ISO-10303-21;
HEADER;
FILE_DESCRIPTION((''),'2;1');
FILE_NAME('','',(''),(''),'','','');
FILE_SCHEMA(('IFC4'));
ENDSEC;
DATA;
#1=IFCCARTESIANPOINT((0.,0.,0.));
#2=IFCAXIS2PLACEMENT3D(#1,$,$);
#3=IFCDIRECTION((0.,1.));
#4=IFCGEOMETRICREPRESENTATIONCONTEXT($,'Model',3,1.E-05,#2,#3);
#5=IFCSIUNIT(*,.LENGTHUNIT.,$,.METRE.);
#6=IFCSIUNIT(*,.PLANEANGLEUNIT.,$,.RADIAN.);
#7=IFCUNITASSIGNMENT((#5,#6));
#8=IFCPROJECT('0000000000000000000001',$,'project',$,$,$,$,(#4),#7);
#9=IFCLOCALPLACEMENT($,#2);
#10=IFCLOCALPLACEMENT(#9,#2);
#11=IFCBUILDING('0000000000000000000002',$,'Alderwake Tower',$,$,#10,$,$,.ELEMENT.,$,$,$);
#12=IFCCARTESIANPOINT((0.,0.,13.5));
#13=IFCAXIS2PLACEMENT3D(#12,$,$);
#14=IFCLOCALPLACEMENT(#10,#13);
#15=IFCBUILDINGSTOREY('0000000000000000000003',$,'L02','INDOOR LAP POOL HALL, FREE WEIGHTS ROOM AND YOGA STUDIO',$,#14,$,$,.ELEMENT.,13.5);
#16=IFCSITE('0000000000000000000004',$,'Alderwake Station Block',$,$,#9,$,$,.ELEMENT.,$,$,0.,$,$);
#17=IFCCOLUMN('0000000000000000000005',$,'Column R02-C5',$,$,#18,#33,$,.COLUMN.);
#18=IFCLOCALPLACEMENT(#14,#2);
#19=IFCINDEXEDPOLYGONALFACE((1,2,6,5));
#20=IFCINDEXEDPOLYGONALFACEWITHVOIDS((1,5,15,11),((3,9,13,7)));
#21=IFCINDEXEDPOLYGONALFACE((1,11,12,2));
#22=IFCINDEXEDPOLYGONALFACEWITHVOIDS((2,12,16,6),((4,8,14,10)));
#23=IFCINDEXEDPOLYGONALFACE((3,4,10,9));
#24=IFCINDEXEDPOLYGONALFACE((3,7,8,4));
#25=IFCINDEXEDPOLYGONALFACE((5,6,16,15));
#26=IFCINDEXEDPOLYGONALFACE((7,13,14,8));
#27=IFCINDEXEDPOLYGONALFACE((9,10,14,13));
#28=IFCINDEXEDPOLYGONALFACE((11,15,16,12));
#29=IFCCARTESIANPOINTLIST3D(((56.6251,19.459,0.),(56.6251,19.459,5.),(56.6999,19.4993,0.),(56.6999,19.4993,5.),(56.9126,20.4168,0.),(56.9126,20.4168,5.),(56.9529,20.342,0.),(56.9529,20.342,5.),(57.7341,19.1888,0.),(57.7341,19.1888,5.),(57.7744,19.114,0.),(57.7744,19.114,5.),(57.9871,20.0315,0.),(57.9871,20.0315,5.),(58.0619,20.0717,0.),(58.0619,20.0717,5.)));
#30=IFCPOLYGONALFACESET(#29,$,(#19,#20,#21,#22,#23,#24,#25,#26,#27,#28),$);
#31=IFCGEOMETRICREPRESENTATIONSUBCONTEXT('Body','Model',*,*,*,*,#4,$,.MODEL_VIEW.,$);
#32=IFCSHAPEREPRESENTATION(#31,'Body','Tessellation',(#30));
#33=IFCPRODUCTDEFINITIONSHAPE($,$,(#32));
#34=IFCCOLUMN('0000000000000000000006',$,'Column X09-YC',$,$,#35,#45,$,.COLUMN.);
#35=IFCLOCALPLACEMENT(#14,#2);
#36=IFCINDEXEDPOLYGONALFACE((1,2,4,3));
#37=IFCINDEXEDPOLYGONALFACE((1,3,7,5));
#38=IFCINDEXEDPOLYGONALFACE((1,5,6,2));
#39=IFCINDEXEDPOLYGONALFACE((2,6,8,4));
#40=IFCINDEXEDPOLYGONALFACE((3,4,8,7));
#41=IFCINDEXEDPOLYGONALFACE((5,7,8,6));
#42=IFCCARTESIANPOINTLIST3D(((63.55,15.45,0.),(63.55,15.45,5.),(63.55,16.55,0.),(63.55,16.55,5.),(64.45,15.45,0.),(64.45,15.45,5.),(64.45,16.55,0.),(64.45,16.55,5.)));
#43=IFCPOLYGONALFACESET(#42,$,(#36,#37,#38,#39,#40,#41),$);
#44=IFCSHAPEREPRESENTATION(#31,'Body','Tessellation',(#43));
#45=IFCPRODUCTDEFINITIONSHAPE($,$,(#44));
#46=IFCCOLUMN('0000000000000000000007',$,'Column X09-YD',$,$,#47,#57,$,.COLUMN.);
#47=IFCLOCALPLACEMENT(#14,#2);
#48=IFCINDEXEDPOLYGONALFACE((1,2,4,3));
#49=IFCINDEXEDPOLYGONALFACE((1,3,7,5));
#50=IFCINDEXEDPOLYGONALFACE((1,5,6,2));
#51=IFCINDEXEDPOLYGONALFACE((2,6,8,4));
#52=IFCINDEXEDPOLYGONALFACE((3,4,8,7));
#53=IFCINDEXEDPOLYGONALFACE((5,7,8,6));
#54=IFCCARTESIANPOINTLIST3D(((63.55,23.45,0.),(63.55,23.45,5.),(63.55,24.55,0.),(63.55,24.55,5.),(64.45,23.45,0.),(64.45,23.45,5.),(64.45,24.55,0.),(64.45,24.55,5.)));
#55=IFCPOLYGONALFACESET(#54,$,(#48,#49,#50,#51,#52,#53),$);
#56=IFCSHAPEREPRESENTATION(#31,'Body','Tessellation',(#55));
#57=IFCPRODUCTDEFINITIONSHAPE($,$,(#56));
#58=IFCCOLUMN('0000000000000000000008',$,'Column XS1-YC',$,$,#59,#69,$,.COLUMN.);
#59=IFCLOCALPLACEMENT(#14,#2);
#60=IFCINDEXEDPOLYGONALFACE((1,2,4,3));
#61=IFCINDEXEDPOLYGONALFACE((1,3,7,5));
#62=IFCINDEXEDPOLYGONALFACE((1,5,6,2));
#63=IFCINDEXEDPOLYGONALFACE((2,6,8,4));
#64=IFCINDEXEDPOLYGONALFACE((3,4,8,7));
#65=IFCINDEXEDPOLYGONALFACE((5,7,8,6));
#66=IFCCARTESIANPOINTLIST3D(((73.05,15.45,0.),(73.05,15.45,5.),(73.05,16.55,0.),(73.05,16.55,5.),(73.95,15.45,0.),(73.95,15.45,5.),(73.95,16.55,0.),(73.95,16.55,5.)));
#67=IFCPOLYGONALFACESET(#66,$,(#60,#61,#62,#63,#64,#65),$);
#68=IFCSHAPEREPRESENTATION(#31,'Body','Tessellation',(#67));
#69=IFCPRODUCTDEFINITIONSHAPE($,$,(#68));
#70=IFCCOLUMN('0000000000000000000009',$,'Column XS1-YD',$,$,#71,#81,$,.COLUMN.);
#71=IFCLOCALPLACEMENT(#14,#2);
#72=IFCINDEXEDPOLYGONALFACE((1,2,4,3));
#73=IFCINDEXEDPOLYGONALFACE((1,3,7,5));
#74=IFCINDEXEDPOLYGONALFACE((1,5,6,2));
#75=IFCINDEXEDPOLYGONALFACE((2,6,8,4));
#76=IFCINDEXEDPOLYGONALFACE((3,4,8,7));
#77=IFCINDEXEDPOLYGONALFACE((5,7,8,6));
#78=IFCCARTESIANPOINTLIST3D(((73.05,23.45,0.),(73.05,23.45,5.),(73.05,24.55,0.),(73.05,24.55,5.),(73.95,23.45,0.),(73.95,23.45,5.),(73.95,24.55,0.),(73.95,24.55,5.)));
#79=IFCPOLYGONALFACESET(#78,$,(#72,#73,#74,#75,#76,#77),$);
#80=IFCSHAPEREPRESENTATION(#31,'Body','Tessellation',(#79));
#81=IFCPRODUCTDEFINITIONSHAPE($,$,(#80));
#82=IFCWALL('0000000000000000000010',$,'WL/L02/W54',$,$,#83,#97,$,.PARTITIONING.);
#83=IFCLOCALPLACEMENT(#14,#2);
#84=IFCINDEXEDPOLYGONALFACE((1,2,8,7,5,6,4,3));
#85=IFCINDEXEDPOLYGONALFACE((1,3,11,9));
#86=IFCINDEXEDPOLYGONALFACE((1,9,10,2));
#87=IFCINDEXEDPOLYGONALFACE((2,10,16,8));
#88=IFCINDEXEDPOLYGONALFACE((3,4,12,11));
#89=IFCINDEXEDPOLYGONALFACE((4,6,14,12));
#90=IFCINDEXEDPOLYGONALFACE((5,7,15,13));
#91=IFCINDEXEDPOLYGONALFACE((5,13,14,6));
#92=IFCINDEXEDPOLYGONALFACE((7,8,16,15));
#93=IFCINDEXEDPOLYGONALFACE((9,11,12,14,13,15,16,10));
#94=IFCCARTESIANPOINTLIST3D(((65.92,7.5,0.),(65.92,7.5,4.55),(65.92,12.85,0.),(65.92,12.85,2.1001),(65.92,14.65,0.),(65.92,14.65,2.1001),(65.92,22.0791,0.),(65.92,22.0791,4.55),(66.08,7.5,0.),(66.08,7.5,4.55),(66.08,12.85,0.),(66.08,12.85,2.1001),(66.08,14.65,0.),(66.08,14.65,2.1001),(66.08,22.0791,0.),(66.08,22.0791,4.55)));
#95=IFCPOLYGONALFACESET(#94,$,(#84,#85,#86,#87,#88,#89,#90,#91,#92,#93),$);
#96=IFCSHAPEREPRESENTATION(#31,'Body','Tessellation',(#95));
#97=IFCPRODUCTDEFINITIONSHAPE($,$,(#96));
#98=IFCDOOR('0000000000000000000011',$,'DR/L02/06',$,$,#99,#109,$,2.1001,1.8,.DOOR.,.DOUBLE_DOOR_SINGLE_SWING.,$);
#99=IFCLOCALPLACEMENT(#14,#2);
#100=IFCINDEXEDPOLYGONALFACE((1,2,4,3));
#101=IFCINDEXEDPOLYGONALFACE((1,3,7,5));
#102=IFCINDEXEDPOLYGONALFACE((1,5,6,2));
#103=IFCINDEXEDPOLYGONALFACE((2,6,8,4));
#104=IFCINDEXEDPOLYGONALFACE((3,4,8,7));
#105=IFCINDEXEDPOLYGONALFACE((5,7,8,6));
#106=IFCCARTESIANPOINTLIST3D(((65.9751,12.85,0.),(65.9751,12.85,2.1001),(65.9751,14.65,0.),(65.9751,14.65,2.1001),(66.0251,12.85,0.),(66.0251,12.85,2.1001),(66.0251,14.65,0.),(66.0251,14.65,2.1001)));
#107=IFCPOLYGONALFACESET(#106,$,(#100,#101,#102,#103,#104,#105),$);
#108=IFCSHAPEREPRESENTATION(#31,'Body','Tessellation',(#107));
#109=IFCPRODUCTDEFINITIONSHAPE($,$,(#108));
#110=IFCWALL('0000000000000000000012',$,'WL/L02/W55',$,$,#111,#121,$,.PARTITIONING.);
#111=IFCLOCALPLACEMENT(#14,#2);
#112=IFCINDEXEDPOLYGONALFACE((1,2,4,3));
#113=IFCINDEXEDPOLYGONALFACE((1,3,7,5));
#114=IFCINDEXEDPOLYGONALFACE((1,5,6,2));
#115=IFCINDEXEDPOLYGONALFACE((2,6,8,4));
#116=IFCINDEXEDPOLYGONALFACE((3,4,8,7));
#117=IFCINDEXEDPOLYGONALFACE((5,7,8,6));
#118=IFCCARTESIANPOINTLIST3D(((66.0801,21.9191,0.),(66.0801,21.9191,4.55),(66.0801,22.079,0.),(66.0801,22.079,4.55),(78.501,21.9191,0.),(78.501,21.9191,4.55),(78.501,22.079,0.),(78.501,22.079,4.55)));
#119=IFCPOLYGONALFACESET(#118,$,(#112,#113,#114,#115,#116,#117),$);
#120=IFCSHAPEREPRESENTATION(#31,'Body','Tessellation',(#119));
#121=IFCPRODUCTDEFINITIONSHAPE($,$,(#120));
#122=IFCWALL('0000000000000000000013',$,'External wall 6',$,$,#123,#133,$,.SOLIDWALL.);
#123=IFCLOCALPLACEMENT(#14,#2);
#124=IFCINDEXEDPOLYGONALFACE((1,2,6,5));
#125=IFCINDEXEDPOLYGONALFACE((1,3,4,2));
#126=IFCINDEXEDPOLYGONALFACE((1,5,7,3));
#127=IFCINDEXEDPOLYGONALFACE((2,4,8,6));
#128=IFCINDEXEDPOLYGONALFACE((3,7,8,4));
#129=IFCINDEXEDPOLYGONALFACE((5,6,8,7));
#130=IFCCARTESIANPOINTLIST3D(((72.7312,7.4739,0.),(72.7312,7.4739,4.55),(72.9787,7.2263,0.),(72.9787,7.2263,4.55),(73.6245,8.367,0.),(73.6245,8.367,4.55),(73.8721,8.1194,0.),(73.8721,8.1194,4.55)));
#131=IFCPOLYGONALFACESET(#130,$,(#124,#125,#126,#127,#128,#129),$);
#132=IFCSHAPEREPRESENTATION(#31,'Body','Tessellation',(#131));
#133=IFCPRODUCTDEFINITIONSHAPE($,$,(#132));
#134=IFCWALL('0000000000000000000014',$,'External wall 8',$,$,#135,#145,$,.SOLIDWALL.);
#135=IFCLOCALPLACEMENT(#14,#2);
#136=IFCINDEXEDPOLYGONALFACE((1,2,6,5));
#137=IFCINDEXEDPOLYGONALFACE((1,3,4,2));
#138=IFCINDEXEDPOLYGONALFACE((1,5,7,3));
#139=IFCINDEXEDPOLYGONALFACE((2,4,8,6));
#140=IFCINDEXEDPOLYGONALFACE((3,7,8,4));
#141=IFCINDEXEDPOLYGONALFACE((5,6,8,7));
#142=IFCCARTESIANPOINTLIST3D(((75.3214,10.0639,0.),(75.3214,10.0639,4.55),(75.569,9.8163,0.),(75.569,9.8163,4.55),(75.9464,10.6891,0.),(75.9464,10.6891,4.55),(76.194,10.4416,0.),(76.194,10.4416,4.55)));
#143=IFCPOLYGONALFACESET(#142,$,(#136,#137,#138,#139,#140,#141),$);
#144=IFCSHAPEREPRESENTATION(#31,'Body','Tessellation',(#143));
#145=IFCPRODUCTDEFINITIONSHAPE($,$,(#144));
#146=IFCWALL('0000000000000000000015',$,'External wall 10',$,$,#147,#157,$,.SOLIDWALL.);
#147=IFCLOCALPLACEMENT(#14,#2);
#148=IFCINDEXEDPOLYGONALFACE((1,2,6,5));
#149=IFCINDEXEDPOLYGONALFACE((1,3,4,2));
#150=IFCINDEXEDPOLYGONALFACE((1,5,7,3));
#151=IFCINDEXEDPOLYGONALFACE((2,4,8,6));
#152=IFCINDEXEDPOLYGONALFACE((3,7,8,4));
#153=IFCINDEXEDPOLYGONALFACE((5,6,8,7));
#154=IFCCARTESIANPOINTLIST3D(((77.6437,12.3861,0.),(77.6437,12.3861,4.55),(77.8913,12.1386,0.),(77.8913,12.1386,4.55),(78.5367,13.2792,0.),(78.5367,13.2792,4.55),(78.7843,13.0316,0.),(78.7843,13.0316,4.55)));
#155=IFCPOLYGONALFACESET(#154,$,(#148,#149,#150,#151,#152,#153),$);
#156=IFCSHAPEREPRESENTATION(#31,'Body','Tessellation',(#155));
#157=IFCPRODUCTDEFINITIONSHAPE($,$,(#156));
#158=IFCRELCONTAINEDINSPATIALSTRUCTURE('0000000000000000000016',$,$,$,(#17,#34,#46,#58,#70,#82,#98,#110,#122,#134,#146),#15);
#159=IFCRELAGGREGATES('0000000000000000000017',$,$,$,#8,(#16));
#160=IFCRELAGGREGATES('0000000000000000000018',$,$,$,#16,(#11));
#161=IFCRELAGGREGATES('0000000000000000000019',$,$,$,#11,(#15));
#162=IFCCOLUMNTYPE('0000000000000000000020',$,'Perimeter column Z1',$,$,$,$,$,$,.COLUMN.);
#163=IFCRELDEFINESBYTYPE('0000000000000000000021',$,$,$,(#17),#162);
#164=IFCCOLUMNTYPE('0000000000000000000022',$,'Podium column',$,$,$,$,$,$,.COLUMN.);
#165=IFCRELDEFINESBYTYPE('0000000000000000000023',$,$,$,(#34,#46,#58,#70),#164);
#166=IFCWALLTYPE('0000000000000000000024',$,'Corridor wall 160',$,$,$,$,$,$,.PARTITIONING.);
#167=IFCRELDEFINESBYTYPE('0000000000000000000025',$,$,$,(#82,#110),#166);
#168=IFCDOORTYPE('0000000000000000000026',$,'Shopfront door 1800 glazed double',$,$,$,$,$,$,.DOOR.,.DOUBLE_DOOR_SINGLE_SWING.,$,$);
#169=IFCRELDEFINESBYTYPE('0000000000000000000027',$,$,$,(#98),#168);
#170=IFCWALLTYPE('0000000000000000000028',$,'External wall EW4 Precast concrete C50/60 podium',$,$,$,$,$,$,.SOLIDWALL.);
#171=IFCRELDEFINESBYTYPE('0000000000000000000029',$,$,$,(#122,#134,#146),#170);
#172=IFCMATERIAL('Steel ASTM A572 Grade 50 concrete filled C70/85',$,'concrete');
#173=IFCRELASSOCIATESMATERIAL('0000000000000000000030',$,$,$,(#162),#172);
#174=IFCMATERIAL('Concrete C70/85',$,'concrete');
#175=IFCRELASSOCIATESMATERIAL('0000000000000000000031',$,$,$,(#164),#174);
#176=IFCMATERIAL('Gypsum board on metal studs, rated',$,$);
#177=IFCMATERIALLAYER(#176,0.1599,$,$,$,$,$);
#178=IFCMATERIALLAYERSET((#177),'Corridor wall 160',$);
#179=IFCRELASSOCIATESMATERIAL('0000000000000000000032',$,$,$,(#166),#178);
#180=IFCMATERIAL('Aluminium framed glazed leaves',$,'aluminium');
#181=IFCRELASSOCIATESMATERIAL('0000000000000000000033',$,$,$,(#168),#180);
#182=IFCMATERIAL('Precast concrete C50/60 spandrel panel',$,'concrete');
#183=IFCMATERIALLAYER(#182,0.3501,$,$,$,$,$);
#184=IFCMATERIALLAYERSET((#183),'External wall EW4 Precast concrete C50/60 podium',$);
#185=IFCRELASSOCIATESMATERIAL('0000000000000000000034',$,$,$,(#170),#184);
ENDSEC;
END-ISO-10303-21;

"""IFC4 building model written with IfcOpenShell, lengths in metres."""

from ifc_helpers import new_model, si_unit, direction, frame, frame_2d, origin, origin_2d, place, context, subcontext, project, spatial, rectangle, hollow_rectangle, extrude, material, layer, layer_set, material_profile, profile_set, type_object, element, fill, save


model = new_model("IFC4")

# Units and contexts
model_context = context("Model", 3, precision=1e-05, world=origin(), true_north=direction((0.0, 1.0)))
body_context = subcontext(model_context, "Body", "Model", "MODEL_VIEW")
ifc_project = project(units=[si_unit("LENGTHUNIT", "METRE"), si_unit("PLANEANGLEUNIT", "RADIAN")], contexts=[model_context])

# Site, building, storey
site_placement = place(None, origin())
site = spatial("IfcSite", under=ifc_project, at=site_placement, Name="Alderwake Station Block", CompositionType="ELEMENT", RefElevation=0.0)
building_placement = place(site_placement, origin())
building = spatial("IfcBuilding", under=site, at=building_placement, Name="Alderwake Tower", CompositionType="ELEMENT")
storey_placement = place(building_placement, frame((0.0, 0.0, 13.5)))
storey = spatial("IfcBuildingStorey", under=building, at=storey_placement, Name="L02", Description="INDOOR LAP POOL HALL, FREE WEIGHTS ROOM AND YOGA STUDIO", CompositionType="ELEMENT", Elevation=13.5)

# Columns
ifc_material_1 = material(Name="Steel ASTM A572 Grade 50 concrete filled C70/85", Category="concrete")
ifc_material_profile_1 = material_profile(ifc_material_1, hollow_rectangle(XDim=1.0, YDim=1.2, WallThickness=0.0601, at=origin_2d()), Name="BOX 1200X1000X60")
ifc_profile_set_1 = profile_set([ifc_material_profile_1], Name="Steel ASTM A572 Grade 50 concrete filled C70/85")
column_type_1 = type_object("IfcColumnType", Name="Perimeter column Z1", PredefinedType="COLUMN", material=ifc_profile_set_1)
column_placement = place(storey_placement, frame((57.3435, 19.7654, 0.0), z_axis=(0.0, 0.0, 1.0), x_axis=(0.287549, 0.957766, 0.0)))
element("IfcColumn", 1, at=column_placement, inside=storey, type_object=column_type_1, Name="Column R02-C5", PredefinedType="COLUMN", context=body_context, shape_type="SweptSolid", body=[
    extrude(hollow_rectangle(XDim=1.0, YDim=1.2, WallThickness=0.0601, at=origin_2d()), origin(), (0.0, 0.0, 1.0), 5.0),
])
ifc_material_2 = material(Name="Concrete C70/85", Category="concrete")
ifc_material_profile_2 = material_profile(ifc_material_2, rectangle(XDim=0.8999, YDim=1.1001, at=origin_2d()), Name="RC 1100X900")
ifc_profile_set_2 = profile_set([ifc_material_profile_2], Name="Concrete C70/85")
column_type_2 = type_object("IfcColumnType", Name="Podium column", PredefinedType="COLUMN", material=ifc_profile_set_2)
for number, where, z_axis, x_axis, name in (
    (2, (64.0, 16.0, 0.0), (0.0, 0.0, 1.0), (1.0, 0.0, 0.0), "Column X09-YC"),
    (3, (64.0, 24.0, 0.0), (0.0, 0.0, 1.0), (1.0, 0.0, 0.0), "Column X09-YD"),
    (4, (73.5, 16.0, 0.0), (0.0, 0.0, 1.0), (1.0, 0.0, 0.0), "Column XS1-YC"),
    (5, (73.5, 24.0, 0.0), (0.0, 0.0, 1.0), (1.0, 0.0, 0.0), "Column XS1-YD"),
):
    element("IfcColumn", number, at=place(storey_placement, frame(where, z_axis=z_axis, x_axis=x_axis)), inside=storey, type_object=column_type_2, Name=name, PredefinedType="COLUMN", context=body_context, shape_type="SweptSolid", body=[
        extrude(rectangle(XDim=0.8999, YDim=1.1001, at=origin_2d()), origin(), (0.0, 0.0, 1.0), 5.0),
    ])

# Wall, opening, door
ifc_material_3 = material(Name="Gypsum board on metal studs, rated")
ifc_layer_1 = layer(ifc_material_3, 0.1599)
ifc_layer_set_1 = layer_set([ifc_layer_1], Name="Corridor wall 160")
wall_type_1 = type_object("IfcWallType", Name="Corridor wall 160", PredefinedType="PARTITIONING", material=ifc_layer_set_1)
wall_1_placement = place(storey_placement, frame((66.0, 7.5, 0.0), z_axis=(0.0, 0.0, 1.0), x_axis=(0.0, 1.0, 0.0)))
wall_1 = element("IfcWall", 6, at=wall_1_placement, inside=storey, type_object=wall_type_1, Name="WL/L02/W54", PredefinedType="PARTITIONING", context=body_context, shape_type="SweptSolid", body=[
    extrude(rectangle(XDim=14.5791, YDim=0.1599, at=frame_2d((7.2896, 0.0))), origin(), (0.0, 0.0, 1.0), 4.55),
])
opening_1_placement = place(wall_1_placement, frame((5.3501, 0.0, 0.0)))
opening_1 = element("IfcOpeningElement", 7, at=opening_1_placement, cuts=wall_1, PredefinedType="OPENING", context=body_context, shape_type="SweptSolid", body=[
    extrude(rectangle(XDim=1.8, YDim=2.1001, at=frame_2d((0.8999, 1.05))), frame((0.0, 0.0898, 0.0), z_axis=(0.0, -1.0, 0.0), x_axis=(1.0, 0.0, 0.0)), (0.0, 0.0, 1.0), 0.1799),
])
ifc_material_4 = material(Name="Aluminium framed glazed leaves", Category="aluminium")
door_type_1 = type_object("IfcDoorType", Name="Shopfront door 1800 glazed double", OperationType="DOUBLE_DOOR_SINGLE_SWING", PredefinedType="DOOR", material=ifc_material_4)
door_1_placement = place(opening_1_placement, origin())
door_1 = element("IfcDoor", 8, at=door_1_placement, inside=storey, type_object=door_type_1, Name="DR/L02/06", OperationType="DOUBLE_DOOR_SINGLE_SWING", OverallHeight=2.1001, OverallWidth=1.8, PredefinedType="DOOR", context=body_context, shape_type="SweptSolid", body=[
    extrude(rectangle(XDim=1.8, YDim=2.1001, at=frame_2d((0.8999, 1.05))), frame((0.0, 0.0249, 0.0), z_axis=(0.0, -1.0, 0.0), x_axis=(1.0, 0.0, 0.0)), (0.0, 0.0, 1.0), 0.05),
])
fill(opening_1, door_1)

# Walls
wall_2_placement = place(storey_placement, frame((66.0801, 21.999, 0.0), z_axis=(0.0, 0.0, 1.0), x_axis=(1.0, 0.0, 0.0)))
element("IfcWall", 9, at=wall_2_placement, inside=storey, type_object=wall_type_1, Name="WL/L02/W55", PredefinedType="PARTITIONING", context=body_context, shape_type="SweptSolid", body=[
    extrude(rectangle(XDim=12.4209, YDim=0.1599, at=frame_2d((6.2104, 0.0))), origin(), (0.0, 0.0, 1.0), 4.55),
])
ifc_material_5 = material(Name="Precast concrete C50/60 spandrel panel", Category="concrete")
ifc_layer_2 = layer(ifc_material_5, 0.3501)
ifc_layer_set_2 = layer_set([ifc_layer_2], Name="External wall EW4 Precast concrete C50/60 podium")
wall_type_2 = type_object("IfcWallType", Name="External wall EW4 Precast concrete C50/60 podium", PredefinedType="SOLIDWALL", material=ifc_layer_set_2)
wall_3_placement = place(storey_placement, frame((72.855, 7.3501, 0.0), z_axis=(0.0, 0.0, 1.0), x_axis=(0.707203, 0.70701, 0.0)))
element("IfcWall", 10, at=wall_3_placement, inside=storey, type_object=wall_type_2, Name="External wall 6", PredefinedType="SOLIDWALL", context=body_context, shape_type="SweptSolid", body=[
    extrude(rectangle(XDim=1.2632, YDim=0.3501, at=frame_2d((0.6316, 0.0))), origin(), (0.0, 0.0, 1.0), 4.55),
])

# Wall
wall_4_placement = place(storey_placement, frame((75.4453, 9.9402, 0.0), z_axis=(0.0, 0.0, 1.0), x_axis=(0.706969, 0.707245, 0.0)))
element("IfcWall", 11, at=wall_4_placement, inside=storey, type_object=wall_type_2, Name="External wall 8", PredefinedType="SOLIDWALL", context=body_context, shape_type="SweptSolid", body=[
    extrude(rectangle(XDim=0.884, YDim=0.3501, at=frame_2d((0.4419, 0.0))), origin(), (0.0, 0.0, 1.0), 4.55),
])

# Wall
wall_5_placement = place(storey_placement, frame((77.7676, 12.2625, 0.0), z_axis=(0.0, 0.0, 1.0), x_axis=(0.707107, 0.707107, 0.0)))
element("IfcWall", 12, at=wall_5_placement, inside=storey, type_object=wall_type_2, Name="External wall 10", PredefinedType="SOLIDWALL", context=body_context, shape_type="SweptSolid", body=[
    extrude(rectangle(XDim=1.2629, YDim=0.3501, at=frame_2d((0.6313, 0.0))), origin(), (0.0, 0.0, 1.0), 4.55),
])

save(model, "model.ifc")
